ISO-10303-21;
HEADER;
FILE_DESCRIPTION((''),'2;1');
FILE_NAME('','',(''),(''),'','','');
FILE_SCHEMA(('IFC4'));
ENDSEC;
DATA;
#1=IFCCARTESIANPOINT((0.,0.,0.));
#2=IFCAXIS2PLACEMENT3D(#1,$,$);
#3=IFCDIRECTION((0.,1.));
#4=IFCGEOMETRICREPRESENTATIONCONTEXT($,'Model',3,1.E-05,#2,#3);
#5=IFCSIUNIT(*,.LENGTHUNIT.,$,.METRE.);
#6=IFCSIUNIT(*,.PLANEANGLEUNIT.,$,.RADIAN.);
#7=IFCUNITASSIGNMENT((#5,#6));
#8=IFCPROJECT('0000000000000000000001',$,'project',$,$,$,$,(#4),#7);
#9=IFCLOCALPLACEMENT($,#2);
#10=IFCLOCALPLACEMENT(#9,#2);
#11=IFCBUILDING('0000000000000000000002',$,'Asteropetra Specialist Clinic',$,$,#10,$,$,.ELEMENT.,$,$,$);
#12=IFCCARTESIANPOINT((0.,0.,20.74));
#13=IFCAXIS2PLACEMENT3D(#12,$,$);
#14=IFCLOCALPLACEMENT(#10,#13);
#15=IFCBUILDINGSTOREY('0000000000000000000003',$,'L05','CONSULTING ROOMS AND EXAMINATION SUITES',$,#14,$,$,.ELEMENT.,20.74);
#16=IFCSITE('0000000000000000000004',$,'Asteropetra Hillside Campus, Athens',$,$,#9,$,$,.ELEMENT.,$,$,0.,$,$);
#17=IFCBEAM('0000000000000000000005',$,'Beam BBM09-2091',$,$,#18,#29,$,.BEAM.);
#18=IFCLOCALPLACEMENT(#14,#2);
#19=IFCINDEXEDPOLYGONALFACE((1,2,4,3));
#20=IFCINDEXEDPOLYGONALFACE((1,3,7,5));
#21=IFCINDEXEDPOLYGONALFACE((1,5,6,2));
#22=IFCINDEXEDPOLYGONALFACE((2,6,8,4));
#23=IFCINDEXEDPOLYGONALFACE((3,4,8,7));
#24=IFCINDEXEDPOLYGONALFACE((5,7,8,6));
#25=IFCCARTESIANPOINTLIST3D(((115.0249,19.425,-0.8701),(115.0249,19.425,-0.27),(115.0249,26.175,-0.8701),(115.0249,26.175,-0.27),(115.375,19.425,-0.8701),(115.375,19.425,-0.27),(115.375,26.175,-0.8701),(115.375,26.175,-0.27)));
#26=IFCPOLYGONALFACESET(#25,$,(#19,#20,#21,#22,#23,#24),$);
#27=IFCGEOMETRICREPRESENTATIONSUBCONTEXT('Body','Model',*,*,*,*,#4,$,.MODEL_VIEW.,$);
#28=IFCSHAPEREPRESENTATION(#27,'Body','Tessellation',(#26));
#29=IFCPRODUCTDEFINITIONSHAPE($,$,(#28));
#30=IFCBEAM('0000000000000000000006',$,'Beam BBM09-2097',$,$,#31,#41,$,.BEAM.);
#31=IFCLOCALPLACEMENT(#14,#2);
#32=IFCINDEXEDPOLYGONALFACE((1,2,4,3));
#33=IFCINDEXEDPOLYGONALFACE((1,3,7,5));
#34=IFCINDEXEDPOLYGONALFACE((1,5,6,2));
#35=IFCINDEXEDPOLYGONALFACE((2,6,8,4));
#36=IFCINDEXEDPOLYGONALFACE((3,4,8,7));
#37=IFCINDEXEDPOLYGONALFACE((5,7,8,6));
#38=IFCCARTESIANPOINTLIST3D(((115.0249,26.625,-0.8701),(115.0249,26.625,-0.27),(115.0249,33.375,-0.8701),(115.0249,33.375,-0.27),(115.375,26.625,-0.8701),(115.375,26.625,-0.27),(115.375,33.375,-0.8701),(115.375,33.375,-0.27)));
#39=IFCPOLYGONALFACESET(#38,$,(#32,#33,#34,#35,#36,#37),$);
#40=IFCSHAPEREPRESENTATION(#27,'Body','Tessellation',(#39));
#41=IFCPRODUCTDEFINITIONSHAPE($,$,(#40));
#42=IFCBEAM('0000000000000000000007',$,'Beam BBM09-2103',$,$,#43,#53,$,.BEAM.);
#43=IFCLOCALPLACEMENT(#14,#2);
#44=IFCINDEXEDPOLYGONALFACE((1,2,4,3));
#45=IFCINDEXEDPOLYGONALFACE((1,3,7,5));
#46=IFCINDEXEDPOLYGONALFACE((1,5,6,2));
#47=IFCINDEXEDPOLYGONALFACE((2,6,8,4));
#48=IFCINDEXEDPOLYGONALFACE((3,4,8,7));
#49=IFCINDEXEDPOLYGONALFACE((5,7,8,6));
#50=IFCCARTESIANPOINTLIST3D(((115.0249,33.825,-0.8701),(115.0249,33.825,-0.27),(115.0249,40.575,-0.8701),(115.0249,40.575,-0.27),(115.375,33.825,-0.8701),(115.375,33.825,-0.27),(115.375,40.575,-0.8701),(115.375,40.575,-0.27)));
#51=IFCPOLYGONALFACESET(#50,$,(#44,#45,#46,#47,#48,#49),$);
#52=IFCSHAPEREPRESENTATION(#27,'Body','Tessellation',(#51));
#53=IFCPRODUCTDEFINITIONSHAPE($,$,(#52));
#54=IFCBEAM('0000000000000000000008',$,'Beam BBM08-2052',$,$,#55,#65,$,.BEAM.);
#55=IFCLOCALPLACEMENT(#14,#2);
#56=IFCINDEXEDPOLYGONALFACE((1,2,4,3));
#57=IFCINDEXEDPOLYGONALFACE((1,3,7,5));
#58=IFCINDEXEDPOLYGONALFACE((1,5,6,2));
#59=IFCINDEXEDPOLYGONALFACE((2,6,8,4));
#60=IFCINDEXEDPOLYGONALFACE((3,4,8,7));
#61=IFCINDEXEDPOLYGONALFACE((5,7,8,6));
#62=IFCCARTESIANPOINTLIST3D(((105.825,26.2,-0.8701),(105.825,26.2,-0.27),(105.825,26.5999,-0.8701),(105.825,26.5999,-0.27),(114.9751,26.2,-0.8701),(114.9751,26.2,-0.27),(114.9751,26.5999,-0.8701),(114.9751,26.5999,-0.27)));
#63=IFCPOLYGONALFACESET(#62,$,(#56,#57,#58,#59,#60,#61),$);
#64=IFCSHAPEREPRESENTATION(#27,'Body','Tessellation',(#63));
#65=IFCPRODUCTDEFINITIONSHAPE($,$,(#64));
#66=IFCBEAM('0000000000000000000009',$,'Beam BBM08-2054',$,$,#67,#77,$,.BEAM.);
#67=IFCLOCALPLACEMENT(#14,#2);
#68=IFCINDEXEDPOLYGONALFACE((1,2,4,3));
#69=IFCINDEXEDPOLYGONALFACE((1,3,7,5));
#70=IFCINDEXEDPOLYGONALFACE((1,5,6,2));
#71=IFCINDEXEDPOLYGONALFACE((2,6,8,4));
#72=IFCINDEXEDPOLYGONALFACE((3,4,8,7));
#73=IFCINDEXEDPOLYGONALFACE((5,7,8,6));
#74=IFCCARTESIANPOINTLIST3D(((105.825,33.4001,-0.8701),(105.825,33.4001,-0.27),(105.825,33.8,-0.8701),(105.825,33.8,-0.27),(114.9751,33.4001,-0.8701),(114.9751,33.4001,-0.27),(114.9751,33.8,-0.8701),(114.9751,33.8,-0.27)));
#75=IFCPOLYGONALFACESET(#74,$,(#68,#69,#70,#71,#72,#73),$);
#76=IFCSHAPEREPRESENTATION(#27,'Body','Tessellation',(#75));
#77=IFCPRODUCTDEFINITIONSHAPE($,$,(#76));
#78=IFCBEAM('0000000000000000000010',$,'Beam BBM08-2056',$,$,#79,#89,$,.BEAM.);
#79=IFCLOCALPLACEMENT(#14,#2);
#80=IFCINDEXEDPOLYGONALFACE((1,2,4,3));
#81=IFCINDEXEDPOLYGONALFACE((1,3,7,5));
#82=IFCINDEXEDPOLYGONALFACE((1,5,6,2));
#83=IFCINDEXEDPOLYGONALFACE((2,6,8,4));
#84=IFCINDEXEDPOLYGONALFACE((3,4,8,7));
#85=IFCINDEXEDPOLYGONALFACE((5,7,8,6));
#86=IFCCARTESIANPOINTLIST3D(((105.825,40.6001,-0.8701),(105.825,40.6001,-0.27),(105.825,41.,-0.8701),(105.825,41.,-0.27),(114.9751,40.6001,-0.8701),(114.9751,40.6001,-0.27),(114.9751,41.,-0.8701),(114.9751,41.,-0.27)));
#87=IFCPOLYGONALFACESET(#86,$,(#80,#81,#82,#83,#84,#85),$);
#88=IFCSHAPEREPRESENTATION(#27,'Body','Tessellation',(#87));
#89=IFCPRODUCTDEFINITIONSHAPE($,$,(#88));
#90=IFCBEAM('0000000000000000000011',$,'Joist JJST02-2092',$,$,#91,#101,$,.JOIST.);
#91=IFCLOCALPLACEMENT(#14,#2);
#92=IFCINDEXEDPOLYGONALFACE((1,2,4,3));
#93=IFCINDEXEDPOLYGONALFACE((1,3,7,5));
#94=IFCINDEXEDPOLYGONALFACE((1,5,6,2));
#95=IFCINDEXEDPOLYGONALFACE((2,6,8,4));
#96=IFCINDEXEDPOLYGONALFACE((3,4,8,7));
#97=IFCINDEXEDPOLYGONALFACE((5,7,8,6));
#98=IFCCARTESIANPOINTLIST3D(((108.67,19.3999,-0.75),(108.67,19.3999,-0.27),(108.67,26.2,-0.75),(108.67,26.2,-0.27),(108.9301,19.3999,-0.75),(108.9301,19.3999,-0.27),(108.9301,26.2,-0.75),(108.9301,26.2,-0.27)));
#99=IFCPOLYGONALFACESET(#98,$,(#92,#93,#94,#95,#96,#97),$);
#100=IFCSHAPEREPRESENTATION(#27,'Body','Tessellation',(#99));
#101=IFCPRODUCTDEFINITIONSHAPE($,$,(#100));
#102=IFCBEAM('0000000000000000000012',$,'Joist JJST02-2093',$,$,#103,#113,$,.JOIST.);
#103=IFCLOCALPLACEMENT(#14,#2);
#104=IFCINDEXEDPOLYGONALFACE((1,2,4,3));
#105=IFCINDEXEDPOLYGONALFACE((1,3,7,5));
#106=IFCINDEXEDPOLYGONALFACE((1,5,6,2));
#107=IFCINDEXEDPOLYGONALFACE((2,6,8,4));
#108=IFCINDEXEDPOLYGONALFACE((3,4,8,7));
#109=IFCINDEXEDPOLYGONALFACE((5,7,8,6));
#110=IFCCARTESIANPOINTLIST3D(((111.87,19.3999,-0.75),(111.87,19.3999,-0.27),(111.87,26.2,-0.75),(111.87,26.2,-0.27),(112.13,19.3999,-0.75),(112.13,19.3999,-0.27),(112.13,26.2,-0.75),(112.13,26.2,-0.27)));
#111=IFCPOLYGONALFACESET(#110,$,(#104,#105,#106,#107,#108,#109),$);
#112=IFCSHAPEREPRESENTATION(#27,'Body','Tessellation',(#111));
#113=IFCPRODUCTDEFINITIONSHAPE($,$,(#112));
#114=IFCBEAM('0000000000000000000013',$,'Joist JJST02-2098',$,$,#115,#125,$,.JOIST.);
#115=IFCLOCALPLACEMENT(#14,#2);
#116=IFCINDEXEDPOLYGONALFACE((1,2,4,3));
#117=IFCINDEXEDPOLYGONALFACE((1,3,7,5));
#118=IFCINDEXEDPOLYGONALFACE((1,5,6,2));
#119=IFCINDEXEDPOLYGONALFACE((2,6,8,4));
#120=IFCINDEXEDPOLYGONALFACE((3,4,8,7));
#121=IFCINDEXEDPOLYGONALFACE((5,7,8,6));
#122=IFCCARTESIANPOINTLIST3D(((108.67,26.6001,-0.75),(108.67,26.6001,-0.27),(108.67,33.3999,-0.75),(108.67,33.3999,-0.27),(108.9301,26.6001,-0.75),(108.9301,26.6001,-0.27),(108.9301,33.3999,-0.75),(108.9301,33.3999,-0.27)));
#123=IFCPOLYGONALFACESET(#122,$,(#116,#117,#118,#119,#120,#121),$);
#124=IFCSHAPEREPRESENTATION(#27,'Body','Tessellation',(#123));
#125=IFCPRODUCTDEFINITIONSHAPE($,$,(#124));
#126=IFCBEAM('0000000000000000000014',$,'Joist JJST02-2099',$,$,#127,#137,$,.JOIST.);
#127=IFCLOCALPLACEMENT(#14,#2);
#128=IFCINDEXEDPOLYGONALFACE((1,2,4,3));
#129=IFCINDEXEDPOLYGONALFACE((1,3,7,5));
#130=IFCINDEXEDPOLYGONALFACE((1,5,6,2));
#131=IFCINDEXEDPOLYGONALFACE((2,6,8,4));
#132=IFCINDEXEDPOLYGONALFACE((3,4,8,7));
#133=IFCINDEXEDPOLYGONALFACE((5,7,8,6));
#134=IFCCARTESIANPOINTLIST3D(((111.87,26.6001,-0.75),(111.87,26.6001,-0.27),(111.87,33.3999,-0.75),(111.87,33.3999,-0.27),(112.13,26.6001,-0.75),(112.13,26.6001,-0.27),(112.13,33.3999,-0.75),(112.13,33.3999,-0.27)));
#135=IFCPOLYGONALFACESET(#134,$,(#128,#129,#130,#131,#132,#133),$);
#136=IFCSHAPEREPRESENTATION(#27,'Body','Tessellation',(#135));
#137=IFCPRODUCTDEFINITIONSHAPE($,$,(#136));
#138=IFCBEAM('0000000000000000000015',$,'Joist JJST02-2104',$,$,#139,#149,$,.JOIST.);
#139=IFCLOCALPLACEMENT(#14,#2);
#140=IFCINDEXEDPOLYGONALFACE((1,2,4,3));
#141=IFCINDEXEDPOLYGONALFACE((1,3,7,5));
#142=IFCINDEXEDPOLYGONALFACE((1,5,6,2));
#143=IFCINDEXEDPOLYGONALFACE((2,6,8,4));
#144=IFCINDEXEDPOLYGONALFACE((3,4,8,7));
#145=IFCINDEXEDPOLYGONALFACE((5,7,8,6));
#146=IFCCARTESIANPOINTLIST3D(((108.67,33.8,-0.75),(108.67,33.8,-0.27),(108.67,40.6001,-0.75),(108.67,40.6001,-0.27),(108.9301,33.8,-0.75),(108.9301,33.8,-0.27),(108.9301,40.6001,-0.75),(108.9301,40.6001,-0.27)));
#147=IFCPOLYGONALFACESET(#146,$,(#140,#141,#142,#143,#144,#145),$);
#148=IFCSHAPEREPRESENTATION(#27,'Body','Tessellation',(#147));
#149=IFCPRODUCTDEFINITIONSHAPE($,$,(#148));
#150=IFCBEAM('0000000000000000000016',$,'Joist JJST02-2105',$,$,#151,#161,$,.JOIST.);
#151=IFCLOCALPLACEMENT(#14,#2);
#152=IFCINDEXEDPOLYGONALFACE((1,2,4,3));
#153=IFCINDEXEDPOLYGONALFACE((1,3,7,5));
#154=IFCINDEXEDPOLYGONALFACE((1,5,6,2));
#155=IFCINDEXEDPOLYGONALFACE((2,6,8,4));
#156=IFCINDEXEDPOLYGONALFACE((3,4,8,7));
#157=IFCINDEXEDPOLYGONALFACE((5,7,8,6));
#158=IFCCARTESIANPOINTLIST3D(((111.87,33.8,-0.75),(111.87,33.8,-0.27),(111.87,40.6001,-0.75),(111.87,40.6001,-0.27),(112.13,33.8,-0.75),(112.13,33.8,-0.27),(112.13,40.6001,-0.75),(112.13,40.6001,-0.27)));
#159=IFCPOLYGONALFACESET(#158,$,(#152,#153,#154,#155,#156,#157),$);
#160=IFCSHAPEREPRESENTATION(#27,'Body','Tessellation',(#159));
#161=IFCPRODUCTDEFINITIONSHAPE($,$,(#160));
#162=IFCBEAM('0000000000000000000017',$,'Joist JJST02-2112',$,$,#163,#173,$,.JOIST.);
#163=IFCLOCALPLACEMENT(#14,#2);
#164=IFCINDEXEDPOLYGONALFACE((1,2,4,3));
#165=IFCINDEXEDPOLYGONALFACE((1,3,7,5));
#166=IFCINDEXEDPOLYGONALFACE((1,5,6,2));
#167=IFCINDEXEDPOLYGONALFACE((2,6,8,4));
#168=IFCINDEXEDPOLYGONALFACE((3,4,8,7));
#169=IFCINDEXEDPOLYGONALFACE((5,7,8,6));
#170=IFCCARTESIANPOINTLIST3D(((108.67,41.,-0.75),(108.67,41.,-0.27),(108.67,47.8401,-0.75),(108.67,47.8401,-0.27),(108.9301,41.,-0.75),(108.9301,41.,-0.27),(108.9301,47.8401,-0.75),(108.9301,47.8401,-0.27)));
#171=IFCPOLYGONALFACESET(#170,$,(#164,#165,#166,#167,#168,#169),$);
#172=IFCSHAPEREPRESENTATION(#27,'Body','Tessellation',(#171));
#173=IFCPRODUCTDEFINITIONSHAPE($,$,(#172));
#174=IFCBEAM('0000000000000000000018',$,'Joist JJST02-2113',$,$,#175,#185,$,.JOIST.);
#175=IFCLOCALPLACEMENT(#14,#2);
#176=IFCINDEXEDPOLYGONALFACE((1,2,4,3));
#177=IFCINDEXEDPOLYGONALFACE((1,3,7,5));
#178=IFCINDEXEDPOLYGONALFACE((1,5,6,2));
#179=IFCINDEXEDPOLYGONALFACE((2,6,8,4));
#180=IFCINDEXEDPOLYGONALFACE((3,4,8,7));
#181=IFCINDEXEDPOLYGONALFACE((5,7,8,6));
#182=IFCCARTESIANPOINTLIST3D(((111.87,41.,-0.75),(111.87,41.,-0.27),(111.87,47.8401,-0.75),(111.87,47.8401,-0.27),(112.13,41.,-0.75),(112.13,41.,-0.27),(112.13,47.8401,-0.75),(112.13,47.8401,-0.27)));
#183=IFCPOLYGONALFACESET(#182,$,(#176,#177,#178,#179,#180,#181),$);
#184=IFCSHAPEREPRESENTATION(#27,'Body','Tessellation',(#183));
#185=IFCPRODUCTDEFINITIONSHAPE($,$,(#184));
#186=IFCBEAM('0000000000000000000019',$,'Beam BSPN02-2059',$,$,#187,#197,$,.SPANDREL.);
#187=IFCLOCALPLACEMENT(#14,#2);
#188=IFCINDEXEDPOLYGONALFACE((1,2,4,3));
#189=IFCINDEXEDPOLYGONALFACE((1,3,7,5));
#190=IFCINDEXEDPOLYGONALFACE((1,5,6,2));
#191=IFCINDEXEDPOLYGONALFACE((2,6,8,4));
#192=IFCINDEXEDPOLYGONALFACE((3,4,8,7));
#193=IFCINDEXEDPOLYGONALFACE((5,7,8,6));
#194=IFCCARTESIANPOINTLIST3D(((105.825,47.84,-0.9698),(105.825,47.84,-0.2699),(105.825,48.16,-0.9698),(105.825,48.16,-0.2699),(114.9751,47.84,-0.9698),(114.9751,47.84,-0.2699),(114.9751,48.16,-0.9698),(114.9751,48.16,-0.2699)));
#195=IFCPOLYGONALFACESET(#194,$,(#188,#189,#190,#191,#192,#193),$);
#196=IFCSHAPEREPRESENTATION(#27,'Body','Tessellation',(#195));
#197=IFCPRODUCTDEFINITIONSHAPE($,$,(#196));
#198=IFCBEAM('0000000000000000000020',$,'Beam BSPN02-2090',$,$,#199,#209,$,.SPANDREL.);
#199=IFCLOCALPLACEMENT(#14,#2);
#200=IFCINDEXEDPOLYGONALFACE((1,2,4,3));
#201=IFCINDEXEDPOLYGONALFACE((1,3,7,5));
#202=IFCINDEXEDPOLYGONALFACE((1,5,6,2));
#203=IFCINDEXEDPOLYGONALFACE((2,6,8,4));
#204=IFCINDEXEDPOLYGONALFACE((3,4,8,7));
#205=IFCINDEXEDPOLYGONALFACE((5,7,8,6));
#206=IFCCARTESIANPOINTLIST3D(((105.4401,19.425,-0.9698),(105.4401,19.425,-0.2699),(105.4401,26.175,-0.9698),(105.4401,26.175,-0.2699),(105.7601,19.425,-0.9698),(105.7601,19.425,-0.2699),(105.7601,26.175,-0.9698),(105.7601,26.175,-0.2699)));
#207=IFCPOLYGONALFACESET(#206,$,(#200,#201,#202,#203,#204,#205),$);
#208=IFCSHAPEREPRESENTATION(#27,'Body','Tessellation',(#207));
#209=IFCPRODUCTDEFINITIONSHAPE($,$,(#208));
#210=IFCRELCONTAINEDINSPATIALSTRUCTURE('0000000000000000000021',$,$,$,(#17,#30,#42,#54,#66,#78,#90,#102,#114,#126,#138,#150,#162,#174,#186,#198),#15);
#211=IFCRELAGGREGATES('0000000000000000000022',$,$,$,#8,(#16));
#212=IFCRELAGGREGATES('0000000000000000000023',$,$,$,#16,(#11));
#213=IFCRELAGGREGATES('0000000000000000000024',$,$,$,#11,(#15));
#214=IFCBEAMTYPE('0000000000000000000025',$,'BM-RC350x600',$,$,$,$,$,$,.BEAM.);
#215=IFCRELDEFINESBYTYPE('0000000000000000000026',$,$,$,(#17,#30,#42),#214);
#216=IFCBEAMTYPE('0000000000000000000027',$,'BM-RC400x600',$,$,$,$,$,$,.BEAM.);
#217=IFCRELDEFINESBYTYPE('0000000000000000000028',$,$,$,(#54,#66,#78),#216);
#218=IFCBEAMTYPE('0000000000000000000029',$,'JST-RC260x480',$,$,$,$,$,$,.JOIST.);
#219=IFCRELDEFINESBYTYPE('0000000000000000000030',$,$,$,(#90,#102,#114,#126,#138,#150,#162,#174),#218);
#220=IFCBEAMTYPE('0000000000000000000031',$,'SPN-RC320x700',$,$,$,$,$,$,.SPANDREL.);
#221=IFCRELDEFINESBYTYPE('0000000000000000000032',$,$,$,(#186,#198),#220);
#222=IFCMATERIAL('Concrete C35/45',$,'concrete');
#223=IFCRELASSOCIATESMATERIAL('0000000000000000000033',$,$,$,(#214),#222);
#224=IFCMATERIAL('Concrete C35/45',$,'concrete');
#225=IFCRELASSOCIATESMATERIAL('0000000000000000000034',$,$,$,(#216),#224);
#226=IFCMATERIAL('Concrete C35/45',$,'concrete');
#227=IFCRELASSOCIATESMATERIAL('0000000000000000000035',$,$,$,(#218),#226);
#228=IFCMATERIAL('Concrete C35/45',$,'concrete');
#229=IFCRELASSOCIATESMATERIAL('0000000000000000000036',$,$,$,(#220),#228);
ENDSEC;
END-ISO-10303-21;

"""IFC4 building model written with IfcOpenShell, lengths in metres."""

from ifc_helpers import new_model, si_unit, direction, frame, origin, origin_2d, place, context, subcontext, project, spatial, rectangle, extrude, material, material_profile, profile_set, type_object, element, save


model = new_model("IFC4")

# Units and contexts
model_context = context("Model", 3, precision=1e-05, world=origin(), true_north=direction((0.0, 1.0)))
body_context = subcontext(model_context, "Body", "Model", "MODEL_VIEW")
ifc_project = project(units=[si_unit("LENGTHUNIT", "METRE"), si_unit("PLANEANGLEUNIT", "RADIAN")], contexts=[model_context])

# Site, building, storey
site_placement = place(None, origin())
site = spatial("IfcSite", under=ifc_project, at=site_placement, Name="Asteropetra Hillside Campus, Athens", CompositionType="ELEMENT", RefElevation=0.0)
building_placement = place(site_placement, origin())
building = spatial("IfcBuilding", under=site, at=building_placement, Name="Asteropetra Specialist Clinic", CompositionType="ELEMENT")
storey_placement = place(building_placement, frame((0.0, 0.0, 20.74)))
storey = spatial("IfcBuildingStorey", under=building, at=storey_placement, Name="L05", Description="CONSULTING ROOMS AND EXAMINATION SUITES", CompositionType="ELEMENT", Elevation=20.74)

# Beams
ifc_material_1 = material(Name="Concrete C35/45", Category="concrete")
ifc_material_profile_1 = material_profile(ifc_material_1, rectangle(XDim=0.3501, YDim=0.6001, at=origin_2d()), Name="RCB 350x600")
ifc_profile_set_1 = profile_set([ifc_material_profile_1], Name="Concrete C35/45")
beam_type_1 = type_object("IfcBeamType", Name="BM-RC350x600", PredefinedType="BEAM", material=ifc_profile_set_1)
for number, where, z_axis, x_axis, name in (
    (1, (115.2, 19.425, -0.5701), (0.0, 1.0, 0.0), (-1.0, 0.0, 0.0), "Beam BBM09-2091"),
    (2, (115.2, 26.625, -0.5701), (0.0, 1.0, 0.0), (-1.0, 0.0, 0.0), "Beam BBM09-2097"),
    (3, (115.2, 33.825, -0.5701), (0.0, 1.0, 0.0), (-1.0, 0.0, 0.0), "Beam BBM09-2103"),
):
    element("IfcBeam", number, at=place(storey_placement, frame(where, z_axis=z_axis, x_axis=x_axis)), inside=storey, type_object=beam_type_1, Name=name, PredefinedType="BEAM", context=body_context, shape_type="SweptSolid", body=[
        extrude(rectangle(XDim=0.3501, YDim=0.6001, at=origin_2d()), origin(), (0.0, 0.0, 1.0), 6.75),
    ])
ifc_material_2 = material(Name="Concrete C35/45", Category="concrete")
ifc_material_profile_2 = material_profile(ifc_material_2, rectangle(XDim=0.3999, YDim=0.6001, at=origin_2d()), Name="RCB 400x600")
ifc_profile_set_2 = profile_set([ifc_material_profile_2], Name="Concrete C35/45")
beam_type_2 = type_object("IfcBeamType", Name="BM-RC400x600", PredefinedType="BEAM", material=ifc_profile_set_2)
for number, where, z_axis, x_axis, name in (
    (4, (105.825, 26.3999, -0.5701), (1.0, 0.0, 0.0), (0.0, 1.0, 0.0), "Beam BBM08-2052"),
    (5, (105.825, 33.6001, -0.5701), (1.0, 0.0, 0.0), (0.0, 1.0, 0.0), "Beam BBM08-2054"),
    (6, (105.825, 40.8, -0.5701), (1.0, 0.0, 0.0), (0.0, 1.0, 0.0), "Beam BBM08-2056"),
):
    element("IfcBeam", number, at=place(storey_placement, frame(where, z_axis=z_axis, x_axis=x_axis)), inside=storey, type_object=beam_type_2, Name=name, PredefinedType="BEAM", context=body_context, shape_type="SweptSolid", body=[
        extrude(rectangle(XDim=0.3999, YDim=0.6001, at=origin_2d()), origin(), (0.0, 0.0, 1.0), 9.1501),
    ])
ifc_material_3 = material(Name="Concrete C35/45", Category="concrete")
ifc_material_profile_3 = material_profile(ifc_material_3, rectangle(XDim=0.26, YDim=0.48, at=origin_2d()), Name="RCJ 260x480")
ifc_profile_set_3 = profile_set([ifc_material_profile_3], Name="Concrete C35/45")
beam_type_3 = type_object("IfcBeamType", Name="JST-RC260x480", PredefinedType="JOIST", material=ifc_profile_set_3)
for number, where, z_axis, x_axis, name in (
    (7, (108.8, 19.3999, -0.51), (0.0, 1.0, 0.0), (-1.0, 0.0, 0.0), "Joist JJST02-2092"),
    (8, (112.0, 19.3999, -0.51), (0.0, 1.0, 0.0), (-1.0, 0.0, 0.0), "Joist JJST02-2093"),
):
    element("IfcBeam", number, at=place(storey_placement, frame(where, z_axis=z_axis, x_axis=x_axis)), inside=storey, type_object=beam_type_3, Name=name, PredefinedType="JOIST", context=body_context, shape_type="SweptSolid", body=[
        extrude(rectangle(XDim=0.26, YDim=0.48, at=origin_2d()), origin(), (0.0, 0.0, 1.0), 6.8),
    ])
for number, where, z_axis, x_axis, name in (
    (9, (108.8, 26.6001, -0.51), (0.0, 1.0, 0.0), (-1.0, 0.0, 0.0), "Joist JJST02-2098"),
    (10, (112.0, 26.6001, -0.51), (0.0, 1.0, 0.0), (-1.0, 0.0, 0.0), "Joist JJST02-2099"),
):
    element("IfcBeam", number, at=place(storey_placement, frame(where, z_axis=z_axis, x_axis=x_axis)), inside=storey, type_object=beam_type_3, Name=name, PredefinedType="JOIST", context=body_context, shape_type="SweptSolid", body=[
        extrude(rectangle(XDim=0.26, YDim=0.48, at=origin_2d()), origin(), (0.0, 0.0, 1.0), 6.7998),
    ])
for number, where, z_axis, x_axis, name in (
    (11, (108.8, 33.8, -0.51), (0.0, 1.0, 0.0), (-1.0, 0.0, 0.0), "Joist JJST02-2104"),
    (12, (112.0, 33.8, -0.51), (0.0, 1.0, 0.0), (-1.0, 0.0, 0.0), "Joist JJST02-2105"),
):
    element("IfcBeam", number, at=place(storey_placement, frame(where, z_axis=z_axis, x_axis=x_axis)), inside=storey, type_object=beam_type_3, Name=name, PredefinedType="JOIST", context=body_context, shape_type="SweptSolid", body=[
        extrude(rectangle(XDim=0.26, YDim=0.48, at=origin_2d()), origin(), (0.0, 0.0, 1.0), 6.8),
    ])
for number, where, z_axis, x_axis, name in (
    (13, (108.8, 41.0, -0.51), (0.0, 1.0, 0.0), (-1.0, 0.0, 0.0), "Joist JJST02-2112"),
    (14, (112.0, 41.0, -0.51), (0.0, 1.0, 0.0), (-1.0, 0.0, 0.0), "Joist JJST02-2113"),
):
    element("IfcBeam", number, at=place(storey_placement, frame(where, z_axis=z_axis, x_axis=x_axis)), inside=storey, type_object=beam_type_3, Name=name, PredefinedType="JOIST", context=body_context, shape_type="SweptSolid", body=[
        extrude(rectangle(XDim=0.26, YDim=0.48, at=origin_2d()), origin(), (0.0, 0.0, 1.0), 6.8401),
    ])
ifc_material_4 = material(Name="Concrete C35/45", Category="concrete")
ifc_material_profile_4 = material_profile(ifc_material_4, rectangle(XDim=0.3201, YDim=0.7, at=origin_2d()), Name="RCS 320x700")
ifc_profile_set_4 = profile_set([ifc_material_profile_4], Name="Concrete C35/45")
beam_type_4 = type_object("IfcBeamType", Name="SPN-RC320x700", PredefinedType="SPANDREL", material=ifc_profile_set_4)
beam_placement = place(storey_placement, frame((105.825, 48.0, -0.6199), z_axis=(1.0, 0.0, 0.0), x_axis=(0.0, 1.0, 0.0)))
element("IfcBeam", 15, at=beam_placement, inside=storey, type_object=beam_type_4, Name="Beam BSPN02-2059", PredefinedType="SPANDREL", context=body_context, shape_type="SweptSolid", body=[
    extrude(rectangle(XDim=0.3201, YDim=0.7, at=origin_2d()), origin(), (0.0, 0.0, 1.0), 9.1501),
])
for number, where, z_axis, x_axis, name in (
    (16, (105.6001, 19.425, -0.6199), (0.0, 1.0, 0.0), (-1.0, 0.0, 0.0), "Beam BSPN02-2090"),
):
    element("IfcBeam", number, at=place(storey_placement, frame(where, z_axis=z_axis, x_axis=x_axis)), inside=storey, type_object=beam_type_4, Name=name, PredefinedType="SPANDREL", context=body_context, shape_type="SweptSolid", body=[
        extrude(rectangle(XDim=0.3201, YDim=0.7, at=origin_2d()), origin(), (0.0, 0.0, 1.0), 6.75),
    ])

save(model, "model.ifc")
